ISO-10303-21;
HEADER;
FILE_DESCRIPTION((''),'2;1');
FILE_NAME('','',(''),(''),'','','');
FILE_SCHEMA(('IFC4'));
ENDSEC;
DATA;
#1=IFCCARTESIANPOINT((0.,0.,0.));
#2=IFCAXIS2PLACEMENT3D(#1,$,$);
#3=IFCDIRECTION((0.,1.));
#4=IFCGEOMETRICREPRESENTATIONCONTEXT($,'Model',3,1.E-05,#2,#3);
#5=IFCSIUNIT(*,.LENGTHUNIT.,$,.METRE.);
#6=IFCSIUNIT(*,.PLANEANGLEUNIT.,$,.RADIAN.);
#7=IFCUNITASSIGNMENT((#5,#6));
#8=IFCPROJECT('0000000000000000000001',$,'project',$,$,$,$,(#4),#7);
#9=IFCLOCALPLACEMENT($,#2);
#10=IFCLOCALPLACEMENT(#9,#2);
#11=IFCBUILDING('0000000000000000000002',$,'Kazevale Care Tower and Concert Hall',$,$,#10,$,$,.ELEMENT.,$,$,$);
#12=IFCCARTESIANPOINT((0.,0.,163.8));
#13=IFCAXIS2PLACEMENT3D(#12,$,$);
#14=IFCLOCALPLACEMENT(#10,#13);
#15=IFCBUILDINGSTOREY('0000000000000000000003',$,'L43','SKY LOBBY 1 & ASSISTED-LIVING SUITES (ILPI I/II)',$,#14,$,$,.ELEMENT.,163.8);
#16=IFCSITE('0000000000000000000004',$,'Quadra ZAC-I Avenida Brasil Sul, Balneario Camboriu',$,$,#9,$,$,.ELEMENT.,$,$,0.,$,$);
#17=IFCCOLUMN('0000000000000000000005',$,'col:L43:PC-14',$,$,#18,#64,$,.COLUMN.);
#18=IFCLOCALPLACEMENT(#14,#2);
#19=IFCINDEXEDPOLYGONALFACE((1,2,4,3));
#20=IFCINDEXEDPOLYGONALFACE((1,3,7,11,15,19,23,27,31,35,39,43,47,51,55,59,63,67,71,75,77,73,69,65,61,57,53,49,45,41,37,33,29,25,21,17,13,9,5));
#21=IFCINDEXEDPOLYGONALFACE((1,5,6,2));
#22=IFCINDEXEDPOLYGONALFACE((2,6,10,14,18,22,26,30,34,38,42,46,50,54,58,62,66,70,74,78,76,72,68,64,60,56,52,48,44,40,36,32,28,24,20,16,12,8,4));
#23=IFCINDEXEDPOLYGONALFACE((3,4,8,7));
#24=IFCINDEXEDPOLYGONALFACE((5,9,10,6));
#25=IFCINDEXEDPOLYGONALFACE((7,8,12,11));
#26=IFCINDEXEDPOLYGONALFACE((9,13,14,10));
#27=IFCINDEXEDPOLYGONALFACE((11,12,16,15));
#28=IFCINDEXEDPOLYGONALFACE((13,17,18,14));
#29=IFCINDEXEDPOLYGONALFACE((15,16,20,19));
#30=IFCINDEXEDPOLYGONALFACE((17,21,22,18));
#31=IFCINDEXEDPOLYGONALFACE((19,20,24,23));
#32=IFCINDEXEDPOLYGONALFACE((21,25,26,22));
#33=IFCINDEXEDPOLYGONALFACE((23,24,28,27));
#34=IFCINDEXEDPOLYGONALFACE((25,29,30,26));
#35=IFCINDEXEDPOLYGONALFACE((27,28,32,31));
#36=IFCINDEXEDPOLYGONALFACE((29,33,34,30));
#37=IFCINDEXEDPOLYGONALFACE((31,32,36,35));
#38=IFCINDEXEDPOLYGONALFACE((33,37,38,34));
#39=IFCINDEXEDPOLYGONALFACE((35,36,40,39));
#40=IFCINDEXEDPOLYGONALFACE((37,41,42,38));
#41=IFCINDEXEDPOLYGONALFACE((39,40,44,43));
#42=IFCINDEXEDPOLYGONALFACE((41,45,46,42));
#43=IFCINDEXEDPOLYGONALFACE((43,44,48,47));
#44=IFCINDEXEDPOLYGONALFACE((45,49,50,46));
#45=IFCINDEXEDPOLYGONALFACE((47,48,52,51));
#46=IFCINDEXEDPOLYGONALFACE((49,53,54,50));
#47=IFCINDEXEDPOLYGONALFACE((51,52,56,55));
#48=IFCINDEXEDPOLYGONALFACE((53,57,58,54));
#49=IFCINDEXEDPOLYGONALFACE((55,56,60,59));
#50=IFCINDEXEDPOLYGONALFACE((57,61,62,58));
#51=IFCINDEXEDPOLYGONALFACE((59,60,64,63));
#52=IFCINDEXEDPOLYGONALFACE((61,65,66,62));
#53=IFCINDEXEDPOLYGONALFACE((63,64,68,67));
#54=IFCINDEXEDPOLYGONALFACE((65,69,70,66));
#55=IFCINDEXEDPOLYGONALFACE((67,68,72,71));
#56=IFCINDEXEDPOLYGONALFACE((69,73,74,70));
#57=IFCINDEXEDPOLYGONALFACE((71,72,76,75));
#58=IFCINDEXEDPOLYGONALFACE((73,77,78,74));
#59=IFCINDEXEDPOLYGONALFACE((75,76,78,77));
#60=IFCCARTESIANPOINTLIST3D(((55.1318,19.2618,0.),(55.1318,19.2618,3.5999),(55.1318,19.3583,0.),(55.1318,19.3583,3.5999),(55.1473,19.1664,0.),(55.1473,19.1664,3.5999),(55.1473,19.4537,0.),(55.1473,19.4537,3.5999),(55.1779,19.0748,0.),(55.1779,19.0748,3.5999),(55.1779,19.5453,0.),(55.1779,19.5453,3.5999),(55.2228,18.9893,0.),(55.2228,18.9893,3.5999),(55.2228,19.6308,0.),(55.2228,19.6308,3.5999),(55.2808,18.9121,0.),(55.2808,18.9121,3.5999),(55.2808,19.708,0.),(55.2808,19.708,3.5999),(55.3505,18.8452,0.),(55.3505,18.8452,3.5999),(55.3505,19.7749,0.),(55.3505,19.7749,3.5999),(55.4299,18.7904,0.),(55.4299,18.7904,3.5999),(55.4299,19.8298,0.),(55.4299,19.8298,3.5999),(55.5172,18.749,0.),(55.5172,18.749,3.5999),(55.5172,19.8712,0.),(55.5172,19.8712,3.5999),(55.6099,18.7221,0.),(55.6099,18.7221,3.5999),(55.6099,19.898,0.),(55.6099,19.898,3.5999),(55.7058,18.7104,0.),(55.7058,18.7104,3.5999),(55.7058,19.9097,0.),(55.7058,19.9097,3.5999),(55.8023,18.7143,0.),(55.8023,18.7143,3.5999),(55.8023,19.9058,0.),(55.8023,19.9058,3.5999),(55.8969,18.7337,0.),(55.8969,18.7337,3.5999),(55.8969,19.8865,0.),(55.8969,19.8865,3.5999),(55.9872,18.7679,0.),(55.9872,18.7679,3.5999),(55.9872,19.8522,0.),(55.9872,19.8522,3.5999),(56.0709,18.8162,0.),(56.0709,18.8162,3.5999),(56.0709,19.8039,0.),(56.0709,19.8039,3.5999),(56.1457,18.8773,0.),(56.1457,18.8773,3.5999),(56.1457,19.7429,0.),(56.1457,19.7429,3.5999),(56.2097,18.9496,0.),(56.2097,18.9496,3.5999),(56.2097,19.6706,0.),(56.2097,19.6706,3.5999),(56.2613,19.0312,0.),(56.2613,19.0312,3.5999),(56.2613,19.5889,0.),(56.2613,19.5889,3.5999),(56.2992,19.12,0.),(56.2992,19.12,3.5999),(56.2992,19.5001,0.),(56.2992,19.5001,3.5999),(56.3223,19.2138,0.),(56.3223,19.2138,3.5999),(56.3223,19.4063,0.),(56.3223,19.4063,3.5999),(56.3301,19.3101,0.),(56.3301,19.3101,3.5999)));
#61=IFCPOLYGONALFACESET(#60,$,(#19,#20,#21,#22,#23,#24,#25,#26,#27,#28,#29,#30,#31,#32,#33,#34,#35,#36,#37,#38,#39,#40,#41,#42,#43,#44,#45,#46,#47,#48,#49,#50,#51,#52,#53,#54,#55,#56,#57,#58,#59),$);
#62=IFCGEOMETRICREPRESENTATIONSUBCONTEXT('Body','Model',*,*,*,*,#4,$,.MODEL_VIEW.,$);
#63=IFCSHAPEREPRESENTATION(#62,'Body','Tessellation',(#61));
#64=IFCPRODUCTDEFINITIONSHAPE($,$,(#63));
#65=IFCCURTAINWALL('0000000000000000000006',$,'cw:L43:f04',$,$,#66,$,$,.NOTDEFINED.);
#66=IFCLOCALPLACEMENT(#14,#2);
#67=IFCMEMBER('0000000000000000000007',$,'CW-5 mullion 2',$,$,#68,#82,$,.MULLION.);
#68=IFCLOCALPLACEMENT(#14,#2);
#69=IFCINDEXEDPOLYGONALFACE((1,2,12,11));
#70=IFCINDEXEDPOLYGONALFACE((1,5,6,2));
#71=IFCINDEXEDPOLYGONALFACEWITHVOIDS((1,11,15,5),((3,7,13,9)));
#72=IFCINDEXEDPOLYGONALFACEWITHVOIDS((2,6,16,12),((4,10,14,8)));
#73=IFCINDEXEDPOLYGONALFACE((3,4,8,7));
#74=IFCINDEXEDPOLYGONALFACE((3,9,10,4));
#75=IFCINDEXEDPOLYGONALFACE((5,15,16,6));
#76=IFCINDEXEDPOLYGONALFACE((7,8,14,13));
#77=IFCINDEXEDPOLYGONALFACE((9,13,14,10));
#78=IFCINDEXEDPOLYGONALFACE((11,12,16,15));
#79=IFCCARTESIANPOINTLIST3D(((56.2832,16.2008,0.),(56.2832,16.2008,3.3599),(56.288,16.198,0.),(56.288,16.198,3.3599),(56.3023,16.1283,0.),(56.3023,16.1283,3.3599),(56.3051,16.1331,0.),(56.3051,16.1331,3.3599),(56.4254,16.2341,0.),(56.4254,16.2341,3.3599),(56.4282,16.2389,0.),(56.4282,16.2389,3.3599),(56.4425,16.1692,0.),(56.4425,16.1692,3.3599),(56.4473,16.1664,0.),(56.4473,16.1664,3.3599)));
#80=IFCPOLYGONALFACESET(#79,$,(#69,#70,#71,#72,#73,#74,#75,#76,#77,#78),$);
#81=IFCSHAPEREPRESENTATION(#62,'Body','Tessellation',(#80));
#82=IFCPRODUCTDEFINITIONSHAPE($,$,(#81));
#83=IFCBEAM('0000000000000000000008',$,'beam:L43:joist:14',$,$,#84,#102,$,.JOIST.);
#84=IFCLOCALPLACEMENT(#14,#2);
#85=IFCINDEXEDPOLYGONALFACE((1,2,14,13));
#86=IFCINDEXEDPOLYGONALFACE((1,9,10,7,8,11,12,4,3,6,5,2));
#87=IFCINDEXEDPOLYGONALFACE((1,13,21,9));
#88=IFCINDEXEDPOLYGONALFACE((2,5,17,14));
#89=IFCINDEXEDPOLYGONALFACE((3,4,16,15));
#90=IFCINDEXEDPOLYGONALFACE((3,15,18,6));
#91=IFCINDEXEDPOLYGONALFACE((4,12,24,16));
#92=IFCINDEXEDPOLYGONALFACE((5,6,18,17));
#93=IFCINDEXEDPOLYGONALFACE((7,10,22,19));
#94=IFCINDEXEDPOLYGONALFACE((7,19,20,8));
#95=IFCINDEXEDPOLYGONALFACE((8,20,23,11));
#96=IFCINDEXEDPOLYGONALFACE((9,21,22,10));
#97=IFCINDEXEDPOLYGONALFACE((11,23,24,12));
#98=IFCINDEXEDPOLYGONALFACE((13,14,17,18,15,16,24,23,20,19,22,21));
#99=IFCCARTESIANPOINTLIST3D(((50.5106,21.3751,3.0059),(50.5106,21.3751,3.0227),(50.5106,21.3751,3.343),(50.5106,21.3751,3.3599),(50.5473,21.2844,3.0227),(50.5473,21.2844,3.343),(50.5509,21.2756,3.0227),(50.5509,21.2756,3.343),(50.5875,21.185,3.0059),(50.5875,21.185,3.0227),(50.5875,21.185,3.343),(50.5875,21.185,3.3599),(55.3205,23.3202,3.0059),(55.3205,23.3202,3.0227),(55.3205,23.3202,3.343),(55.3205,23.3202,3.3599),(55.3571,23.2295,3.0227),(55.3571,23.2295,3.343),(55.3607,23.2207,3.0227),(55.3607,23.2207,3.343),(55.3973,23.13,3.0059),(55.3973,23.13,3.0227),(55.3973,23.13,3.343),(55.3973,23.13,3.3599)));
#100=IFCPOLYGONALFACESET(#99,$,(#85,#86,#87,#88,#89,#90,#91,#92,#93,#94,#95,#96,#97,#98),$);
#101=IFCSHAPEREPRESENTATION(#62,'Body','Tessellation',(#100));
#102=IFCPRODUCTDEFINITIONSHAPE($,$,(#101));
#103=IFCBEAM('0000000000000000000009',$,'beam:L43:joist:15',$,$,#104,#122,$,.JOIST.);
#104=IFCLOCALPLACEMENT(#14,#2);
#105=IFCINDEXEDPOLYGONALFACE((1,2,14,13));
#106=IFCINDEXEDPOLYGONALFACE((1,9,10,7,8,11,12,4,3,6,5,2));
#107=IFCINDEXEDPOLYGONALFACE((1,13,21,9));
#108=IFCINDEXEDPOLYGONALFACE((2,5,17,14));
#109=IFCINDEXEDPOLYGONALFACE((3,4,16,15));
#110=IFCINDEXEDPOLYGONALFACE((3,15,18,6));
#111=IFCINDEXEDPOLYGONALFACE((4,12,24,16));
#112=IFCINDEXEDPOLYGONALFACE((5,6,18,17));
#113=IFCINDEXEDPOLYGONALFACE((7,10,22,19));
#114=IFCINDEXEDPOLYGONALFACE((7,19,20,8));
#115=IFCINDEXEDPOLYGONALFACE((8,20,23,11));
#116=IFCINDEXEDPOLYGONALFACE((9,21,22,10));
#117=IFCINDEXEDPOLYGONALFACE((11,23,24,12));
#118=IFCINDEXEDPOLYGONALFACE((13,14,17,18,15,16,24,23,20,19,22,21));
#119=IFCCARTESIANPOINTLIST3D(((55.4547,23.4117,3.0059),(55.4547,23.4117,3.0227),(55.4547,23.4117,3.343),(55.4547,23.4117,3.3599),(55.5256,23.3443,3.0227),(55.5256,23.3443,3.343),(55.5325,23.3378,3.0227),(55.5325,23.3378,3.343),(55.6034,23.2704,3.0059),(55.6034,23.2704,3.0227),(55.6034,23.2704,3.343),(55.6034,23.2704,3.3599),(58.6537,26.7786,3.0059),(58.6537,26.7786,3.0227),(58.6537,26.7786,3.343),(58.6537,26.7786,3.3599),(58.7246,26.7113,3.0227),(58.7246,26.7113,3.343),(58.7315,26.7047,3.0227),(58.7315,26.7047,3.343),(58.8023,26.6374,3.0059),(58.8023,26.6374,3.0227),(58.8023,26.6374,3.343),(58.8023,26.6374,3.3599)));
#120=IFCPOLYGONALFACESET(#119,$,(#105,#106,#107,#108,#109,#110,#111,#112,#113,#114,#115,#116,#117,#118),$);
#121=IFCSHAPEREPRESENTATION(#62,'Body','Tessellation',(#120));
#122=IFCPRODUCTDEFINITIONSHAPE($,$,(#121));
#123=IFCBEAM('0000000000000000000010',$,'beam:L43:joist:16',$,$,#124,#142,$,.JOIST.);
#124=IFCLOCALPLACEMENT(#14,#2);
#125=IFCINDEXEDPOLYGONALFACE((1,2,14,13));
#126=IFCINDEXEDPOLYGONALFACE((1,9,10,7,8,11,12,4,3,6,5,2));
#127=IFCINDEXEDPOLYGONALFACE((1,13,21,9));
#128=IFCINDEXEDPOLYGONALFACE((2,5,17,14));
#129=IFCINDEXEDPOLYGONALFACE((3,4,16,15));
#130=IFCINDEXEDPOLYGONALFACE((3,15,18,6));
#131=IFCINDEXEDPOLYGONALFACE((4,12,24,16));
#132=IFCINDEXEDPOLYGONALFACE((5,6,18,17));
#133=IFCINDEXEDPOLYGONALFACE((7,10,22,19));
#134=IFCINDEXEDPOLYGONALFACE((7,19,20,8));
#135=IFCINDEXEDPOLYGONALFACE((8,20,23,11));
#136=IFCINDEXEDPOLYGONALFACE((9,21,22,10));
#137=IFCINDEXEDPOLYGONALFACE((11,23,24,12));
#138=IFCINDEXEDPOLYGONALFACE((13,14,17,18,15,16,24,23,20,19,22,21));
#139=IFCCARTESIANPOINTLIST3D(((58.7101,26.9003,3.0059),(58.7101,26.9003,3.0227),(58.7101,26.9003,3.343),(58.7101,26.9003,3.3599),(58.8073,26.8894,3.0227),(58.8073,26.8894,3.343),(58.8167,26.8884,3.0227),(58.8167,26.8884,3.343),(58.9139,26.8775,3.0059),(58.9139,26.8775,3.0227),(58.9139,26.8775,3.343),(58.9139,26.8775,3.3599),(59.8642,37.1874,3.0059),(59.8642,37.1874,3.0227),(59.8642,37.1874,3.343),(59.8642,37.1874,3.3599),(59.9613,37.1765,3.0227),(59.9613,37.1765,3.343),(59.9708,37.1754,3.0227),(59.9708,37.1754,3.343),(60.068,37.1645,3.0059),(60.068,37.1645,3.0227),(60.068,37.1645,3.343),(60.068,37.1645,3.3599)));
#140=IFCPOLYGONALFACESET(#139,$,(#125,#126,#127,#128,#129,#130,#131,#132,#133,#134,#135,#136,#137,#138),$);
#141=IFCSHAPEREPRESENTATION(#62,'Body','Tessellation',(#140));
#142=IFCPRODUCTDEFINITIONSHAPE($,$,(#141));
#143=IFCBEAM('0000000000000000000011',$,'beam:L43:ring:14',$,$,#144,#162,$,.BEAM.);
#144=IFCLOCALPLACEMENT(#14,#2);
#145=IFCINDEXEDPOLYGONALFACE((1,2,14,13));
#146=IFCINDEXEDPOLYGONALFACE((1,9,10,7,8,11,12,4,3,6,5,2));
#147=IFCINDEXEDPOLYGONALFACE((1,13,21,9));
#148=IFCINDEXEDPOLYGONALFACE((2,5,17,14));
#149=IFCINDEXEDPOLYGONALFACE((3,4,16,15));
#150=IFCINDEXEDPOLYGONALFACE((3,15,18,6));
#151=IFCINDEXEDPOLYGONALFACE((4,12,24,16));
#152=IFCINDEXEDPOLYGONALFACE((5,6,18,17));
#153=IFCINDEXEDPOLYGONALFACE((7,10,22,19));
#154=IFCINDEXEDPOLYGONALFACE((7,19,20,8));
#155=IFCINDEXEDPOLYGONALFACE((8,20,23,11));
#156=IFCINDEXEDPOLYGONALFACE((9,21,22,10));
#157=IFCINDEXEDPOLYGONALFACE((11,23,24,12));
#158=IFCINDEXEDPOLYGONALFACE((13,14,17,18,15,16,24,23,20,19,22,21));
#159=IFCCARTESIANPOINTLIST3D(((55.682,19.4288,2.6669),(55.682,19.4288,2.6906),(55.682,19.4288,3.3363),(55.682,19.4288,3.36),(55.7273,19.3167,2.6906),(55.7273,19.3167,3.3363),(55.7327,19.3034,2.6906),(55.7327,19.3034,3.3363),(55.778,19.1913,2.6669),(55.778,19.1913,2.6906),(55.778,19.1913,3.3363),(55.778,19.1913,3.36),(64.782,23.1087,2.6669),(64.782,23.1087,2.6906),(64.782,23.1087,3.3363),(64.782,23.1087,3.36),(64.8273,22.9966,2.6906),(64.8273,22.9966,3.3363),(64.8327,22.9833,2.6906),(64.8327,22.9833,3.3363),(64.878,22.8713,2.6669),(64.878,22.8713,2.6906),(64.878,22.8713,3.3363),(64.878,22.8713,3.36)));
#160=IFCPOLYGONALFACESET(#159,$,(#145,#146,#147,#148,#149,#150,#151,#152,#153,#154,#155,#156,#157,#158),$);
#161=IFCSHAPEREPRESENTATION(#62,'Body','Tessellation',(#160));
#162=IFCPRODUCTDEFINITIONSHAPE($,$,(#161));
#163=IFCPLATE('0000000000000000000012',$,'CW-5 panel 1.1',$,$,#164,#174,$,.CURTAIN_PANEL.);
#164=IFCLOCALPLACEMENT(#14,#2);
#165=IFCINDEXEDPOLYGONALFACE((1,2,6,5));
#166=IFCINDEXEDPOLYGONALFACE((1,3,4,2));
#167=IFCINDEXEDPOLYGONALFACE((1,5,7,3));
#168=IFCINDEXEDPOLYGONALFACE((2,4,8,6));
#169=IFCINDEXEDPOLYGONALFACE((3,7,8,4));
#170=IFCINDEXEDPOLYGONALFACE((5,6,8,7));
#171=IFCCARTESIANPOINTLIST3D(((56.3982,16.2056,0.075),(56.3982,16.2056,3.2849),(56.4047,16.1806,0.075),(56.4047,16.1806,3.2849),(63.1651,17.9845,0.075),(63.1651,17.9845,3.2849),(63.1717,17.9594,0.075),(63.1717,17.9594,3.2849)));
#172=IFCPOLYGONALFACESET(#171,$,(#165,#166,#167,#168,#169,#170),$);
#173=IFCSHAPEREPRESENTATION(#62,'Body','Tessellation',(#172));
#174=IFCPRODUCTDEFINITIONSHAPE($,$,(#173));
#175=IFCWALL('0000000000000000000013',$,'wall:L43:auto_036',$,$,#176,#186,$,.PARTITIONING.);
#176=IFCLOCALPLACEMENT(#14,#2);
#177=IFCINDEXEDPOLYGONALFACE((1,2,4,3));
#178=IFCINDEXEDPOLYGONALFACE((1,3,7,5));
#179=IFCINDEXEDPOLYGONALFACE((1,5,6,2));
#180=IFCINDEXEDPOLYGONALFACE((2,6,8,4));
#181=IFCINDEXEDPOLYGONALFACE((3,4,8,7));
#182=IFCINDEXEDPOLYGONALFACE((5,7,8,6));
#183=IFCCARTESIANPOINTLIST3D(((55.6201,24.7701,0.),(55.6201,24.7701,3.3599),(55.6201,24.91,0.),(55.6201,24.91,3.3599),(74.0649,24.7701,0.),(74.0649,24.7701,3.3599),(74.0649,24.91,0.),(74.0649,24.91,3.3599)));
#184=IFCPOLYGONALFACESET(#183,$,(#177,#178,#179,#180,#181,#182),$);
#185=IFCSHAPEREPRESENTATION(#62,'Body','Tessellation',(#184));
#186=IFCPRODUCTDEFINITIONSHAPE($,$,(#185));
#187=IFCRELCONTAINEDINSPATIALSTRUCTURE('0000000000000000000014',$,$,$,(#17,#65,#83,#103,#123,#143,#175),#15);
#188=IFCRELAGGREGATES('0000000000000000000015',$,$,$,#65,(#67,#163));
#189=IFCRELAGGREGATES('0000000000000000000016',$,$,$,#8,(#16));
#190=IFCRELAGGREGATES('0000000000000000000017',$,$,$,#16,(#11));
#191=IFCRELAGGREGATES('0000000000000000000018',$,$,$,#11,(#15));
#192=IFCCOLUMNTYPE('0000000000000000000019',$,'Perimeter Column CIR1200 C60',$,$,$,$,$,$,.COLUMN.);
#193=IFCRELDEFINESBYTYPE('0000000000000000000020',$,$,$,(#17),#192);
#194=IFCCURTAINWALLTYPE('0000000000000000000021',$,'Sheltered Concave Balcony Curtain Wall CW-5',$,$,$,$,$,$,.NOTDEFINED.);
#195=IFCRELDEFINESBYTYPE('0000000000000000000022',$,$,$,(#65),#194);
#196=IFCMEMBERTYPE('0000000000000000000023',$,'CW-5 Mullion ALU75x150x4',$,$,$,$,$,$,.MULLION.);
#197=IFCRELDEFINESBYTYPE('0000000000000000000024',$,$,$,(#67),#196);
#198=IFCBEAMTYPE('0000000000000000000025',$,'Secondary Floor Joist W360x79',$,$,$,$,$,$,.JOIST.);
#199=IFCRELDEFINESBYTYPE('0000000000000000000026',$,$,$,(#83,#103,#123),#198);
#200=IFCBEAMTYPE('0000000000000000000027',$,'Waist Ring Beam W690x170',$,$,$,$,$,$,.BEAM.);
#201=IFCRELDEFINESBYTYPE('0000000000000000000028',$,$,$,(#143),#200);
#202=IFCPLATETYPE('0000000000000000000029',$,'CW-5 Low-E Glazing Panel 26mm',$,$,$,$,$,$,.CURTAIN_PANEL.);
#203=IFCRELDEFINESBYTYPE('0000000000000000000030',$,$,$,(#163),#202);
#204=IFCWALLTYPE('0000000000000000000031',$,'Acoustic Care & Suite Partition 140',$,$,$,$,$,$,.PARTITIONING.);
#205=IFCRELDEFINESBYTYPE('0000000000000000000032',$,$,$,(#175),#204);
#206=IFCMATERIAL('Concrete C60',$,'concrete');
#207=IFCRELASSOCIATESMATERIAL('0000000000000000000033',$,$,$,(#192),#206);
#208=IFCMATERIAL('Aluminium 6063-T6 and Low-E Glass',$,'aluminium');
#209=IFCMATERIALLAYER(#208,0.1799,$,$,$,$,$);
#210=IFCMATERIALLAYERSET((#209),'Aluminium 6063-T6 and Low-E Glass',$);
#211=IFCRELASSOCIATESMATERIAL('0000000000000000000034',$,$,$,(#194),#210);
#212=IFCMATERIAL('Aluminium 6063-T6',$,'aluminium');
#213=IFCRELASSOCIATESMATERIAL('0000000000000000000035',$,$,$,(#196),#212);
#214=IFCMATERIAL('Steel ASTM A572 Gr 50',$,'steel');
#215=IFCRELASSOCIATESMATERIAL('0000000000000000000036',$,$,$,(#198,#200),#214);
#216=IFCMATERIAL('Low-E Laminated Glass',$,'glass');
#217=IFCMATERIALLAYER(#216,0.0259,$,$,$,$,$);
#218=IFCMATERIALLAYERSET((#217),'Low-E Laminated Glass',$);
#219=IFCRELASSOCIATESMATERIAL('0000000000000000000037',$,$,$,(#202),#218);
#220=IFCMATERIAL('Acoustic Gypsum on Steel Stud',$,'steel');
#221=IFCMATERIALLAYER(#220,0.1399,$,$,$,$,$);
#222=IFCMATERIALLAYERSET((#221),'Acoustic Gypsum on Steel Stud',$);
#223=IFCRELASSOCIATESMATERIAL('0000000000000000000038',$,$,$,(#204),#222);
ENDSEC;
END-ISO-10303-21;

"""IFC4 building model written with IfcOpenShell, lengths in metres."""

from ifc_helpers import new_model, si_unit, direction, frame, frame_2d, origin, origin_2d, place, context, subcontext, project, spatial, rectangle, hollow_rectangle, circle, i_section, extrude, material, layer, layer_set, material_profile, profile_set, type_object, element, aggregate, save


model = new_model("IFC4")

# Units and contexts
model_context = context("Model", 3, precision=1e-05, world=origin(), true_north=direction((0.0, 1.0)))
body_context = subcontext(model_context, "Body", "Model", "MODEL_VIEW")
ifc_project = project(units=[si_unit("LENGTHUNIT", "METRE"), si_unit("PLANEANGLEUNIT", "RADIAN")], contexts=[model_context])

# Site, building, storey
site_placement = place(None, origin())
site = spatial("IfcSite", under=ifc_project, at=site_placement, Name="Quadra ZAC-I Avenida Brasil Sul, Balneario Camboriu", CompositionType="ELEMENT", RefElevation=0.0)
building_placement = place(site_placement, origin())
building = spatial("IfcBuilding", under=site, at=building_placement, Name="Kazevale Care Tower and Concert Hall", CompositionType="ELEMENT")
storey_placement = place(building_placement, frame((0.0, 0.0, 163.8)))
storey = spatial("IfcBuildingStorey", under=building, at=storey_placement, Name="L43", Description="SKY LOBBY 1 & ASSISTED-LIVING SUITES (ILPI I/II)", CompositionType="ELEMENT", Elevation=163.8)

# Column
ifc_material_1 = material(Name="Concrete C60", Category="concrete")
ifc_material_profile_1 = material_profile(ifc_material_1, circle(Radius=0.6001, at=origin_2d()), Name="RC-CIR1200")
ifc_profile_set_1 = profile_set([ifc_material_profile_1], Name="Concrete C60")
column_type = type_object("IfcColumnType", Name="Perimeter Column CIR1200 C60", PredefinedType="COLUMN", material=ifc_profile_set_1)
column_placement = place(storey_placement, frame((55.73, 19.3101, 0.0), z_axis=(0.0, 0.0, 1.0), x_axis=(1.0, 0.0, 0.0)))
element("IfcColumn", 1, at=column_placement, inside=storey, type_object=column_type, Name="col:L43:PC-14", PredefinedType="COLUMN", context=body_context, shape_type="SweptSolid", body=[
    extrude(circle(Radius=0.6001, at=origin_2d()), origin(), (0.0, 0.0, 1.0), 3.5999),
])

# Curtain wall, member
ifc_material_2 = material(Name="Aluminium 6063-T6 and Low-E Glass", Category="aluminium")
ifc_layer_1 = layer(ifc_material_2, 0.1799)
ifc_layer_set_1 = layer_set([ifc_layer_1], Name="Aluminium 6063-T6 and Low-E Glass")
curtain_wall_type = type_object("IfcCurtainWallType", Name="Sheltered Concave Balcony Curtain Wall CW-5", PredefinedType="NOTDEFINED", material=ifc_layer_set_1)
curtain_wall_placement = place(storey_placement, origin())
curtain_wall = element("IfcCurtainWall", 2, at=curtain_wall_placement, inside=storey, type_object=curtain_wall_type, Name="cw:L43:f04", PredefinedType="NOTDEFINED")
ifc_material_3 = material(Name="Aluminium 6063-T6", Category="aluminium")
ifc_material_profile_2 = material_profile(ifc_material_3, hollow_rectangle(XDim=0.075, YDim=0.1499, WallThickness=0.0039, at=origin_2d()), Name="ALU75x150x4")
ifc_profile_set_2 = profile_set([ifc_material_profile_2], Name="Aluminium 6063-T6")
member_type = type_object("IfcMemberType", Name="CW-5 Mullion ALU75x150x4", PredefinedType="MULLION", material=ifc_profile_set_2)
member_placement = place(storey_placement, frame((56.3652, 16.1836, 0.0), z_axis=(0.0, 0.0, 1.0), x_axis=(0.254238, -0.967142, 0.0)))
member = element("IfcMember", 3, at=member_placement, type_object=member_type, Name="CW-5 mullion 2", PredefinedType="MULLION", context=body_context, shape_type="SweptSolid", body=[
    extrude(hollow_rectangle(XDim=0.075, YDim=0.1499, WallThickness=0.0039, at=origin_2d()), origin(), (0.0, 0.0, 1.0), 3.3599),
])

# Beams
ifc_material_4 = material(Name="Steel ASTM A572 Gr 50", Category="steel")
ifc_material_profile_3 = material_profile(ifc_material_4, i_section(OverallWidth=0.2051, OverallDepth=0.354, WebThickness=0.0095, FlangeThickness=0.0168, at=origin_2d()), Name="W360x79")
ifc_profile_set_3 = profile_set([ifc_material_profile_3], Name="Steel ASTM A572 Gr 50")
beam_type_1 = type_object("IfcBeamType", Name="Secondary Floor Joist W360x79", PredefinedType="JOIST", material=ifc_profile_set_3)
beam_1_placement = place(storey_placement, frame((50.5491, 21.28, 3.1829), z_axis=(0.927065, 0.374901, 0.0), x_axis=(-0.374901, 0.927065, 0.0)))
element("IfcBeam", 4, at=beam_1_placement, inside=storey, type_object=beam_type_1, Name="beam:L43:joist:14", PredefinedType="JOIST", context=body_context, shape_type="SweptSolid", body=[
    extrude(i_section(OverallWidth=0.2051, OverallDepth=0.354, WebThickness=0.0095, FlangeThickness=0.0168, at=origin_2d()), origin(), (0.0, 0.0, 1.0), 5.1882),
])
beam_2_placement = place(storey_placement, frame((55.5291, 23.3411, 3.1829), z_axis=(0.688792, 0.724959, 0.0), x_axis=(-0.724959, 0.688792, 0.0)))
element("IfcBeam", 5, at=beam_2_placement, inside=storey, type_object=beam_type_1, Name="beam:L43:joist:15", PredefinedType="JOIST", context=body_context, shape_type="SweptSolid", body=[
    extrude(i_section(OverallWidth=0.2051, OverallDepth=0.354, WebThickness=0.0095, FlangeThickness=0.0168, at=origin_2d()), origin(), (0.0, 0.0, 1.0), 4.6443),
])
beam_3_placement = place(storey_placement, frame((58.812, 26.8889, 3.1829), z_axis=(0.111485, 0.993766, 0.0), x_axis=(-0.993766, 0.111485, 0.0)))
element("IfcBeam", 6, at=beam_3_placement, inside=storey, type_object=beam_type_1, Name="beam:L43:joist:16", PredefinedType="JOIST", context=body_context, shape_type="SweptSolid", body=[
    extrude(i_section(OverallWidth=0.2051, OverallDepth=0.354, WebThickness=0.0095, FlangeThickness=0.0168, at=origin_2d()), origin(), (0.0, 0.0, 1.0), 10.3516),
])
ifc_material_profile_4 = material_profile(ifc_material_4, i_section(OverallWidth=0.2561, OverallDepth=0.6931, WebThickness=0.0144, FlangeThickness=0.0237, at=origin_2d()), Name="W690x170")
ifc_profile_set_4 = profile_set([ifc_material_profile_4], Name="Steel ASTM A572 Gr 50")
beam_type_2 = type_object("IfcBeamType", Name="Waist Ring Beam W690x170", PredefinedType="BEAM", material=ifc_profile_set_4)
beam_4_placement = place(storey_placement, frame((55.73, 19.3101, 3.0134), z_axis=(0.927069, 0.374892, 0.0), x_axis=(-0.374892, 0.927069, 0.0)))
element("IfcBeam", 7, at=beam_4_placement, inside=storey, type_object=beam_type_2, Name="beam:L43:ring:14", PredefinedType="BEAM", context=body_context, shape_type="SweptSolid", body=[
    extrude(i_section(OverallWidth=0.2561, OverallDepth=0.6931, WebThickness=0.0144, FlangeThickness=0.0237, at=origin_2d()), origin(), (0.0, 0.0, 1.0), 9.8159),
])

# Plate
ifc_material_5 = material(Name="Low-E Laminated Glass", Category="glass")
ifc_layer_2 = layer(ifc_material_5, 0.0259)
ifc_layer_set_2 = layer_set([ifc_layer_2], Name="Low-E Laminated Glass")
plate_type = type_object("IfcPlateType", Name="CW-5 Low-E Glazing Panel 26mm", PredefinedType="CURTAIN_PANEL", material=ifc_layer_set_2)
plate_placement = place(storey_placement, frame((59.7849, 17.0825, 0.075), z_axis=(0.0, 0.0, 1.0), x_axis=(-0.967142, -0.254238, 0.0)))
plate = element("IfcPlate", 8, at=plate_placement, type_object=plate_type, Name="CW-5 panel 1.1", PredefinedType="CURTAIN_PANEL", context=body_context, shape_type="SweptSolid", body=[
    extrude(rectangle(XDim=6.9968, YDim=0.0259, at=origin_2d()), origin(), (0.0, 0.0, 1.0), 3.21),
])
aggregate(curtain_wall, [member, plate])

# Wall
ifc_material_6 = material(Name="Acoustic Gypsum on Steel Stud", Category="steel")
ifc_layer_3 = layer(ifc_material_6, 0.1399)
ifc_layer_set_3 = layer_set([ifc_layer_3], Name="Acoustic Gypsum on Steel Stud")
wall_type_1 = type_object("IfcWallType", Name="Acoustic Care & Suite Partition 140", PredefinedType="PARTITIONING", material=ifc_layer_set_3)
wall_1_placement = place(storey_placement, frame((55.6201, 24.8401, 0.0), z_axis=(0.0, 0.0, 1.0), x_axis=(1.0, 0.0, 0.0)))
element("IfcWall", 9, at=wall_1_placement, inside=storey, type_object=wall_type_1, Name="wall:L43:auto_036", PredefinedType="PARTITIONING", context=body_context, shape_type="SweptSolid", body=[
    extrude(rectangle(XDim=18.4448, YDim=0.1399, at=frame_2d((9.2224, 0.0))), origin(), (0.0, 0.0, 1.0), 3.3599),
])

save(model, "model.ifc")
